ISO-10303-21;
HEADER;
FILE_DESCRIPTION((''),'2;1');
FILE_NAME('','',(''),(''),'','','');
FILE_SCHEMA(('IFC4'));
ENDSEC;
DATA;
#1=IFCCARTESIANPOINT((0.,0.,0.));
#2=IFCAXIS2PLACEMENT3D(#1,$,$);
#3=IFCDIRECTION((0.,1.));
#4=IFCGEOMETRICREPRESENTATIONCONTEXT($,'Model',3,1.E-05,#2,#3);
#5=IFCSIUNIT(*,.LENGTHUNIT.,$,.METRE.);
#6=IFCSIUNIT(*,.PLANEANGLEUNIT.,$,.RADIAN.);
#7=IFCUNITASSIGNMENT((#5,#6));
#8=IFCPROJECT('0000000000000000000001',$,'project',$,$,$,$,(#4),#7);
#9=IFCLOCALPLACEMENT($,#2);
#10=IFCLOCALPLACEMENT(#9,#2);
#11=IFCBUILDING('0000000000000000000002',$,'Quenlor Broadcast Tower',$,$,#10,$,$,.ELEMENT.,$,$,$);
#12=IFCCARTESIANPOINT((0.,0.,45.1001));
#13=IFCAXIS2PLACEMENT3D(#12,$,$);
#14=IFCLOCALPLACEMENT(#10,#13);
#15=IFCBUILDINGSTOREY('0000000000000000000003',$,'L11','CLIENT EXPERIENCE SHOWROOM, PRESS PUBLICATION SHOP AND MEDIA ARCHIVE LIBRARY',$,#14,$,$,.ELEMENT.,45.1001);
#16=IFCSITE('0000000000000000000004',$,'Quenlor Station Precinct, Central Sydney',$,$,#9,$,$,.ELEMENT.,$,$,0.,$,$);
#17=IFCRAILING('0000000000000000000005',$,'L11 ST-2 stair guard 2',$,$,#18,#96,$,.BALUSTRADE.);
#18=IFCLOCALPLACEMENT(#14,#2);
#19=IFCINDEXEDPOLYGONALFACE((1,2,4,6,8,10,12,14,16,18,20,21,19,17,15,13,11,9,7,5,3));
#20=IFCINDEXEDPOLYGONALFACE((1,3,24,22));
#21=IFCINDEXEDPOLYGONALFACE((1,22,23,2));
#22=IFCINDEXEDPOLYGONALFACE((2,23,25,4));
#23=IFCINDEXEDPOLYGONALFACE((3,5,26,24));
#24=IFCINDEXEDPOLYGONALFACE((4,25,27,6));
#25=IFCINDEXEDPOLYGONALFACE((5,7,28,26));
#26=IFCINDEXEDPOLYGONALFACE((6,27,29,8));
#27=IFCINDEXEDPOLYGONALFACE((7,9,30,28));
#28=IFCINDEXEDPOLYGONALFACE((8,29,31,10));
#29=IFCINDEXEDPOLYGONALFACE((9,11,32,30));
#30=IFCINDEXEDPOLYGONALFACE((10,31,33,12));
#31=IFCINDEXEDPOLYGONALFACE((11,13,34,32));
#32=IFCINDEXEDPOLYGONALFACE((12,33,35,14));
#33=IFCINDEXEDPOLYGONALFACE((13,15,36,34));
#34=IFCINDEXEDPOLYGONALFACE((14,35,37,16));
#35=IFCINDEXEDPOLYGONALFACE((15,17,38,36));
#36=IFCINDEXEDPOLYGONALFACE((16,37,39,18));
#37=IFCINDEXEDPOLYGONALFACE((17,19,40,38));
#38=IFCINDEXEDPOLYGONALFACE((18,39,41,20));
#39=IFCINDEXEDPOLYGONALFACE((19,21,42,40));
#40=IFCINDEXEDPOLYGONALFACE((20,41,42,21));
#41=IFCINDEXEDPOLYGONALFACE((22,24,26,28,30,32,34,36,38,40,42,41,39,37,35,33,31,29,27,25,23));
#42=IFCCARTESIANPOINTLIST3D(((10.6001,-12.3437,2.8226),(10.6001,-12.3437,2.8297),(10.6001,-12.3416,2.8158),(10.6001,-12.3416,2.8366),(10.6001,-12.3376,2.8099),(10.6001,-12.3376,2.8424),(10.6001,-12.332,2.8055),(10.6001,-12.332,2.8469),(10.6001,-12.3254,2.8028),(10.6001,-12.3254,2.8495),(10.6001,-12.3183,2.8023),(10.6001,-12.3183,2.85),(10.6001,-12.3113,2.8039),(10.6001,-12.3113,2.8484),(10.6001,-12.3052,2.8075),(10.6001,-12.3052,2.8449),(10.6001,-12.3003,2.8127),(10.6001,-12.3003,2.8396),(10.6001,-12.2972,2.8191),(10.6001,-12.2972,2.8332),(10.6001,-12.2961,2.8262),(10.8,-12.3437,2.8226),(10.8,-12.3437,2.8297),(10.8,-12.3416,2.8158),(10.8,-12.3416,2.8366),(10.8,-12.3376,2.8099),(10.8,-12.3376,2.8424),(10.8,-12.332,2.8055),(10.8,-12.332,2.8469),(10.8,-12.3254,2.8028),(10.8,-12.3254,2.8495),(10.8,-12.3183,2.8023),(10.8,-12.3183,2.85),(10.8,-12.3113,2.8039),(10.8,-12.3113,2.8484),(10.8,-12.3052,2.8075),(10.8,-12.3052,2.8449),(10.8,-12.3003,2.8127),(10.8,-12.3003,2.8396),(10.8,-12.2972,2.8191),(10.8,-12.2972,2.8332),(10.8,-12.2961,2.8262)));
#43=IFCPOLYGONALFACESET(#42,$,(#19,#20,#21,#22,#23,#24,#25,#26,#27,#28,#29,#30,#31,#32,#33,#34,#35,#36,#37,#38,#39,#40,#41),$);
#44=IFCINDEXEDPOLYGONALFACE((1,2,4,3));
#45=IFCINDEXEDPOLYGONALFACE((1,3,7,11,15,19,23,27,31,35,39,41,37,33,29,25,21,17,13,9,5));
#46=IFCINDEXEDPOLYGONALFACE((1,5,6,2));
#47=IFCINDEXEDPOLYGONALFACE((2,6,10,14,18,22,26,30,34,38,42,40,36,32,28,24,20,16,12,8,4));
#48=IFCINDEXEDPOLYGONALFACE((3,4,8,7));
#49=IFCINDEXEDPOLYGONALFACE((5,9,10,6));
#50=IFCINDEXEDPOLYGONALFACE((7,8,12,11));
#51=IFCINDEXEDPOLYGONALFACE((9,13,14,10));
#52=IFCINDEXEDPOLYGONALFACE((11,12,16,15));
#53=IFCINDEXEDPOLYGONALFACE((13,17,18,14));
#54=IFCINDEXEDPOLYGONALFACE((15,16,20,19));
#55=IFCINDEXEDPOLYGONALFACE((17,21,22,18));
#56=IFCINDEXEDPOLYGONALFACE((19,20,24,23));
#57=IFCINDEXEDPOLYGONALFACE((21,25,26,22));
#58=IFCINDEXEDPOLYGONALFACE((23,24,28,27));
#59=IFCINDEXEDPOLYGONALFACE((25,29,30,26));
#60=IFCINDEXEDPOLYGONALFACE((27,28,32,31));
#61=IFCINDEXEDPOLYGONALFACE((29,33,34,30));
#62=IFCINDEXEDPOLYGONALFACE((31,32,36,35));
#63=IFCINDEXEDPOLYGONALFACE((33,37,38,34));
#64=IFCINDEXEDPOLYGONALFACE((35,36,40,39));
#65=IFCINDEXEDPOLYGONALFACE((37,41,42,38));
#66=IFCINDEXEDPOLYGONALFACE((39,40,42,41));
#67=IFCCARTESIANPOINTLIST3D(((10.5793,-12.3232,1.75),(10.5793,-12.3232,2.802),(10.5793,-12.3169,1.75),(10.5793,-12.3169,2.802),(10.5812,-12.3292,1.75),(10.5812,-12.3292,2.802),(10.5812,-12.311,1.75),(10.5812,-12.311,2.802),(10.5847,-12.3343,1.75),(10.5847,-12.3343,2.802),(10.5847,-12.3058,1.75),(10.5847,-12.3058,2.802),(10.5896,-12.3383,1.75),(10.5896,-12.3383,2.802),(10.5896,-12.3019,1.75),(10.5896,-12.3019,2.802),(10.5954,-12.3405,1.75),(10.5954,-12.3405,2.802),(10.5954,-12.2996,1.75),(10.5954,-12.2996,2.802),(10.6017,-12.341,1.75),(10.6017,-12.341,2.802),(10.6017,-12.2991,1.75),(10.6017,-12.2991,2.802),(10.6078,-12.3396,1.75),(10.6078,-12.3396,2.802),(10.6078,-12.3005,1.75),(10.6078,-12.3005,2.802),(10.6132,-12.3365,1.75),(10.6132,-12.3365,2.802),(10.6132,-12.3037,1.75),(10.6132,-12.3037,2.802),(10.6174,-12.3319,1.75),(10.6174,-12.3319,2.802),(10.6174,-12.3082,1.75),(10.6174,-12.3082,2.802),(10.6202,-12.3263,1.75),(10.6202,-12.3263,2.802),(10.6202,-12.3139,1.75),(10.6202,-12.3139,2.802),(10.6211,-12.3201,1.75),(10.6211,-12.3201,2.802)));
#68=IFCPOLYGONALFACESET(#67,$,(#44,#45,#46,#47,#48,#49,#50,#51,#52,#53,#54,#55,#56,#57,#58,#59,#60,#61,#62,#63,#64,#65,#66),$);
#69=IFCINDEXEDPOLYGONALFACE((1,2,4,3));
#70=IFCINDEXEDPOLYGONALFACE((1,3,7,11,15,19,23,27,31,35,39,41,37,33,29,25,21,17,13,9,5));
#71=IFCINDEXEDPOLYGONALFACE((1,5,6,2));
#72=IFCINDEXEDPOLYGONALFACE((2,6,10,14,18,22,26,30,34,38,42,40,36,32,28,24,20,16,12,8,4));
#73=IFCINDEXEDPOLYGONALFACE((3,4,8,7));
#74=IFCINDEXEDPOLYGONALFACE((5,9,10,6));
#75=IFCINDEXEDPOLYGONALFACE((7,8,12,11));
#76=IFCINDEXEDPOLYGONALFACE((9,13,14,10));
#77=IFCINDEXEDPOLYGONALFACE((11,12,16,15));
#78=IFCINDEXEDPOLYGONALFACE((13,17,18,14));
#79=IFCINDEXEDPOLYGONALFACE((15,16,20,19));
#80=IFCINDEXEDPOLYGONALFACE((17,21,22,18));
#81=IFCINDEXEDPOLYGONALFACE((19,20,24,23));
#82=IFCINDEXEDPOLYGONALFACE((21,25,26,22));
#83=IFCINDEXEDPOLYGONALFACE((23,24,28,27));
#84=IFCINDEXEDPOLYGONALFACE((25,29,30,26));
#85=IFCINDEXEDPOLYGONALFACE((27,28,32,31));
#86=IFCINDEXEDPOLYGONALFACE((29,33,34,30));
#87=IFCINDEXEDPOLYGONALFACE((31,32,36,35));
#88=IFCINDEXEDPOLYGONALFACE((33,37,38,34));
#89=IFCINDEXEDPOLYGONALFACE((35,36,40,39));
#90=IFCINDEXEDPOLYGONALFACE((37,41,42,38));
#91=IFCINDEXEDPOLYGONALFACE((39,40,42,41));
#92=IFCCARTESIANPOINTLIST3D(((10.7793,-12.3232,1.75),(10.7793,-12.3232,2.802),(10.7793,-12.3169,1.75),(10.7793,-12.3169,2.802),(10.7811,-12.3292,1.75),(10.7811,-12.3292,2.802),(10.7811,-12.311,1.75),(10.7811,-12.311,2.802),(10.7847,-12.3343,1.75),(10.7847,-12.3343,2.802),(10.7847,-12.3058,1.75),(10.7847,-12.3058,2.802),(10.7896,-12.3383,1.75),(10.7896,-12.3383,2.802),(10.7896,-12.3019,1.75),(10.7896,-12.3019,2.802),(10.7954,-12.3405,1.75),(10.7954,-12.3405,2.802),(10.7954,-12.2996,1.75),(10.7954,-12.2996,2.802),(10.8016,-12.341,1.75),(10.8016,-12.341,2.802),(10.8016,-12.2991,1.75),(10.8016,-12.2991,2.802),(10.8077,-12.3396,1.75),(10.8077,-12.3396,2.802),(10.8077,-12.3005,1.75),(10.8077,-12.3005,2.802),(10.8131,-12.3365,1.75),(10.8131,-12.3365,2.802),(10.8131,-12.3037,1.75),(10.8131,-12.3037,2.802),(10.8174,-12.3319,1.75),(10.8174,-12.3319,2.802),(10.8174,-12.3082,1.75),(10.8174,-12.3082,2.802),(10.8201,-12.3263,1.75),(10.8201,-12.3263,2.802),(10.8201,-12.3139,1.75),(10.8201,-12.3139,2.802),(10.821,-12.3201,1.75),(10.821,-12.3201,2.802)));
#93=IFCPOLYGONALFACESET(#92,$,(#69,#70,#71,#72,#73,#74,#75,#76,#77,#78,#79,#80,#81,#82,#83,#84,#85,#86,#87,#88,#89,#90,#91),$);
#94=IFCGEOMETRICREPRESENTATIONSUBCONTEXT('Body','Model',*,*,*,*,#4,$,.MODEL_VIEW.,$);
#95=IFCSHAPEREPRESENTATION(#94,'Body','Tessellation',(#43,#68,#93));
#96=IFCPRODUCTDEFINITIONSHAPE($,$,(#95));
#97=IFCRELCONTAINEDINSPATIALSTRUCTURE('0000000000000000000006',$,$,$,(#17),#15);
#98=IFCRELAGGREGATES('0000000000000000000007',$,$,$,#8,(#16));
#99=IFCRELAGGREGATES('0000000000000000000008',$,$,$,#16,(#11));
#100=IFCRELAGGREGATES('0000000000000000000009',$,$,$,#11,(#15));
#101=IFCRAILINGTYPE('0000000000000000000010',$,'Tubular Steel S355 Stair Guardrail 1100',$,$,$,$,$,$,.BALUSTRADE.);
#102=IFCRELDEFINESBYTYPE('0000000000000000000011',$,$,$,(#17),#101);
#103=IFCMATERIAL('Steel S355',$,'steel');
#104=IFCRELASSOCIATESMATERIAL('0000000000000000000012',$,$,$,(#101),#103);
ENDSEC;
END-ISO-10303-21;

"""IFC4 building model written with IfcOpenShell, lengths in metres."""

from ifc_helpers import new_model, si_unit, direction, frame, origin, origin_2d, place, context, subcontext, project, spatial, circle, extrude, material, type_object, element, save


model = new_model("IFC4")

# Units and contexts
model_context = context("Model", 3, precision=1e-05, world=origin(), true_north=direction((0.0, 1.0)))
body_context = subcontext(model_context, "Body", "Model", "MODEL_VIEW")
ifc_project = project(units=[si_unit("LENGTHUNIT", "METRE"), si_unit("PLANEANGLEUNIT", "RADIAN")], contexts=[model_context])

# Site, building, storey
site_placement = place(None, origin())
site = spatial("IfcSite", under=ifc_project, at=site_placement, Name="Quenlor Station Precinct, Central Sydney", CompositionType="ELEMENT", RefElevation=0.0)
building_placement = place(site_placement, origin())
building = spatial("IfcBuilding", under=site, at=building_placement, Name="Quenlor Broadcast Tower", CompositionType="ELEMENT")
storey_placement = place(building_placement, frame((0.0, 0.0, 45.1001)))
storey = spatial("IfcBuildingStorey", under=building, at=storey_placement, Name="L11", Description="CLIENT EXPERIENCE SHOWROOM, PRESS PUBLICATION SHOP AND MEDIA ARCHIVE LIBRARY", CompositionType="ELEMENT", Elevation=45.1001)

# Railing
ifc_material_1 = material(Name="Steel S355", Category="steel")
railing_type_1 = type_object("IfcRailingType", Name="Tubular Steel S355 Stair Guardrail 1100", PredefinedType="BALUSTRADE", material=ifc_material_1)
railing_1_placement = place(storey_placement, frame((10.6001, -12.3201, 1.75)))
element("IfcRailing", 1, at=railing_1_placement, inside=storey, type_object=railing_type_1, Name="L11 ST-2 stair guard 2", PredefinedType="BALUSTRADE", context=body_context, shape_type="SweptSolid", body=[
    extrude(circle(Radius=0.0239, at=origin_2d()), frame((0.0, 0.0, 1.0762), z_axis=(1.0, 0.0, 0.0), x_axis=(0.0, 1.0, 0.0)), (0.0, 0.0, 1.0), 0.2),
    extrude(circle(Radius=0.021, at=origin_2d()), origin(), (0.0, 0.0, 1.0), 1.052),
    extrude(circle(Radius=0.021, at=origin_2d()), frame((0.2, 0.0, 0.0)), (0.0, 0.0, 1.0), 1.052),
])

save(model, "model.ifc")
